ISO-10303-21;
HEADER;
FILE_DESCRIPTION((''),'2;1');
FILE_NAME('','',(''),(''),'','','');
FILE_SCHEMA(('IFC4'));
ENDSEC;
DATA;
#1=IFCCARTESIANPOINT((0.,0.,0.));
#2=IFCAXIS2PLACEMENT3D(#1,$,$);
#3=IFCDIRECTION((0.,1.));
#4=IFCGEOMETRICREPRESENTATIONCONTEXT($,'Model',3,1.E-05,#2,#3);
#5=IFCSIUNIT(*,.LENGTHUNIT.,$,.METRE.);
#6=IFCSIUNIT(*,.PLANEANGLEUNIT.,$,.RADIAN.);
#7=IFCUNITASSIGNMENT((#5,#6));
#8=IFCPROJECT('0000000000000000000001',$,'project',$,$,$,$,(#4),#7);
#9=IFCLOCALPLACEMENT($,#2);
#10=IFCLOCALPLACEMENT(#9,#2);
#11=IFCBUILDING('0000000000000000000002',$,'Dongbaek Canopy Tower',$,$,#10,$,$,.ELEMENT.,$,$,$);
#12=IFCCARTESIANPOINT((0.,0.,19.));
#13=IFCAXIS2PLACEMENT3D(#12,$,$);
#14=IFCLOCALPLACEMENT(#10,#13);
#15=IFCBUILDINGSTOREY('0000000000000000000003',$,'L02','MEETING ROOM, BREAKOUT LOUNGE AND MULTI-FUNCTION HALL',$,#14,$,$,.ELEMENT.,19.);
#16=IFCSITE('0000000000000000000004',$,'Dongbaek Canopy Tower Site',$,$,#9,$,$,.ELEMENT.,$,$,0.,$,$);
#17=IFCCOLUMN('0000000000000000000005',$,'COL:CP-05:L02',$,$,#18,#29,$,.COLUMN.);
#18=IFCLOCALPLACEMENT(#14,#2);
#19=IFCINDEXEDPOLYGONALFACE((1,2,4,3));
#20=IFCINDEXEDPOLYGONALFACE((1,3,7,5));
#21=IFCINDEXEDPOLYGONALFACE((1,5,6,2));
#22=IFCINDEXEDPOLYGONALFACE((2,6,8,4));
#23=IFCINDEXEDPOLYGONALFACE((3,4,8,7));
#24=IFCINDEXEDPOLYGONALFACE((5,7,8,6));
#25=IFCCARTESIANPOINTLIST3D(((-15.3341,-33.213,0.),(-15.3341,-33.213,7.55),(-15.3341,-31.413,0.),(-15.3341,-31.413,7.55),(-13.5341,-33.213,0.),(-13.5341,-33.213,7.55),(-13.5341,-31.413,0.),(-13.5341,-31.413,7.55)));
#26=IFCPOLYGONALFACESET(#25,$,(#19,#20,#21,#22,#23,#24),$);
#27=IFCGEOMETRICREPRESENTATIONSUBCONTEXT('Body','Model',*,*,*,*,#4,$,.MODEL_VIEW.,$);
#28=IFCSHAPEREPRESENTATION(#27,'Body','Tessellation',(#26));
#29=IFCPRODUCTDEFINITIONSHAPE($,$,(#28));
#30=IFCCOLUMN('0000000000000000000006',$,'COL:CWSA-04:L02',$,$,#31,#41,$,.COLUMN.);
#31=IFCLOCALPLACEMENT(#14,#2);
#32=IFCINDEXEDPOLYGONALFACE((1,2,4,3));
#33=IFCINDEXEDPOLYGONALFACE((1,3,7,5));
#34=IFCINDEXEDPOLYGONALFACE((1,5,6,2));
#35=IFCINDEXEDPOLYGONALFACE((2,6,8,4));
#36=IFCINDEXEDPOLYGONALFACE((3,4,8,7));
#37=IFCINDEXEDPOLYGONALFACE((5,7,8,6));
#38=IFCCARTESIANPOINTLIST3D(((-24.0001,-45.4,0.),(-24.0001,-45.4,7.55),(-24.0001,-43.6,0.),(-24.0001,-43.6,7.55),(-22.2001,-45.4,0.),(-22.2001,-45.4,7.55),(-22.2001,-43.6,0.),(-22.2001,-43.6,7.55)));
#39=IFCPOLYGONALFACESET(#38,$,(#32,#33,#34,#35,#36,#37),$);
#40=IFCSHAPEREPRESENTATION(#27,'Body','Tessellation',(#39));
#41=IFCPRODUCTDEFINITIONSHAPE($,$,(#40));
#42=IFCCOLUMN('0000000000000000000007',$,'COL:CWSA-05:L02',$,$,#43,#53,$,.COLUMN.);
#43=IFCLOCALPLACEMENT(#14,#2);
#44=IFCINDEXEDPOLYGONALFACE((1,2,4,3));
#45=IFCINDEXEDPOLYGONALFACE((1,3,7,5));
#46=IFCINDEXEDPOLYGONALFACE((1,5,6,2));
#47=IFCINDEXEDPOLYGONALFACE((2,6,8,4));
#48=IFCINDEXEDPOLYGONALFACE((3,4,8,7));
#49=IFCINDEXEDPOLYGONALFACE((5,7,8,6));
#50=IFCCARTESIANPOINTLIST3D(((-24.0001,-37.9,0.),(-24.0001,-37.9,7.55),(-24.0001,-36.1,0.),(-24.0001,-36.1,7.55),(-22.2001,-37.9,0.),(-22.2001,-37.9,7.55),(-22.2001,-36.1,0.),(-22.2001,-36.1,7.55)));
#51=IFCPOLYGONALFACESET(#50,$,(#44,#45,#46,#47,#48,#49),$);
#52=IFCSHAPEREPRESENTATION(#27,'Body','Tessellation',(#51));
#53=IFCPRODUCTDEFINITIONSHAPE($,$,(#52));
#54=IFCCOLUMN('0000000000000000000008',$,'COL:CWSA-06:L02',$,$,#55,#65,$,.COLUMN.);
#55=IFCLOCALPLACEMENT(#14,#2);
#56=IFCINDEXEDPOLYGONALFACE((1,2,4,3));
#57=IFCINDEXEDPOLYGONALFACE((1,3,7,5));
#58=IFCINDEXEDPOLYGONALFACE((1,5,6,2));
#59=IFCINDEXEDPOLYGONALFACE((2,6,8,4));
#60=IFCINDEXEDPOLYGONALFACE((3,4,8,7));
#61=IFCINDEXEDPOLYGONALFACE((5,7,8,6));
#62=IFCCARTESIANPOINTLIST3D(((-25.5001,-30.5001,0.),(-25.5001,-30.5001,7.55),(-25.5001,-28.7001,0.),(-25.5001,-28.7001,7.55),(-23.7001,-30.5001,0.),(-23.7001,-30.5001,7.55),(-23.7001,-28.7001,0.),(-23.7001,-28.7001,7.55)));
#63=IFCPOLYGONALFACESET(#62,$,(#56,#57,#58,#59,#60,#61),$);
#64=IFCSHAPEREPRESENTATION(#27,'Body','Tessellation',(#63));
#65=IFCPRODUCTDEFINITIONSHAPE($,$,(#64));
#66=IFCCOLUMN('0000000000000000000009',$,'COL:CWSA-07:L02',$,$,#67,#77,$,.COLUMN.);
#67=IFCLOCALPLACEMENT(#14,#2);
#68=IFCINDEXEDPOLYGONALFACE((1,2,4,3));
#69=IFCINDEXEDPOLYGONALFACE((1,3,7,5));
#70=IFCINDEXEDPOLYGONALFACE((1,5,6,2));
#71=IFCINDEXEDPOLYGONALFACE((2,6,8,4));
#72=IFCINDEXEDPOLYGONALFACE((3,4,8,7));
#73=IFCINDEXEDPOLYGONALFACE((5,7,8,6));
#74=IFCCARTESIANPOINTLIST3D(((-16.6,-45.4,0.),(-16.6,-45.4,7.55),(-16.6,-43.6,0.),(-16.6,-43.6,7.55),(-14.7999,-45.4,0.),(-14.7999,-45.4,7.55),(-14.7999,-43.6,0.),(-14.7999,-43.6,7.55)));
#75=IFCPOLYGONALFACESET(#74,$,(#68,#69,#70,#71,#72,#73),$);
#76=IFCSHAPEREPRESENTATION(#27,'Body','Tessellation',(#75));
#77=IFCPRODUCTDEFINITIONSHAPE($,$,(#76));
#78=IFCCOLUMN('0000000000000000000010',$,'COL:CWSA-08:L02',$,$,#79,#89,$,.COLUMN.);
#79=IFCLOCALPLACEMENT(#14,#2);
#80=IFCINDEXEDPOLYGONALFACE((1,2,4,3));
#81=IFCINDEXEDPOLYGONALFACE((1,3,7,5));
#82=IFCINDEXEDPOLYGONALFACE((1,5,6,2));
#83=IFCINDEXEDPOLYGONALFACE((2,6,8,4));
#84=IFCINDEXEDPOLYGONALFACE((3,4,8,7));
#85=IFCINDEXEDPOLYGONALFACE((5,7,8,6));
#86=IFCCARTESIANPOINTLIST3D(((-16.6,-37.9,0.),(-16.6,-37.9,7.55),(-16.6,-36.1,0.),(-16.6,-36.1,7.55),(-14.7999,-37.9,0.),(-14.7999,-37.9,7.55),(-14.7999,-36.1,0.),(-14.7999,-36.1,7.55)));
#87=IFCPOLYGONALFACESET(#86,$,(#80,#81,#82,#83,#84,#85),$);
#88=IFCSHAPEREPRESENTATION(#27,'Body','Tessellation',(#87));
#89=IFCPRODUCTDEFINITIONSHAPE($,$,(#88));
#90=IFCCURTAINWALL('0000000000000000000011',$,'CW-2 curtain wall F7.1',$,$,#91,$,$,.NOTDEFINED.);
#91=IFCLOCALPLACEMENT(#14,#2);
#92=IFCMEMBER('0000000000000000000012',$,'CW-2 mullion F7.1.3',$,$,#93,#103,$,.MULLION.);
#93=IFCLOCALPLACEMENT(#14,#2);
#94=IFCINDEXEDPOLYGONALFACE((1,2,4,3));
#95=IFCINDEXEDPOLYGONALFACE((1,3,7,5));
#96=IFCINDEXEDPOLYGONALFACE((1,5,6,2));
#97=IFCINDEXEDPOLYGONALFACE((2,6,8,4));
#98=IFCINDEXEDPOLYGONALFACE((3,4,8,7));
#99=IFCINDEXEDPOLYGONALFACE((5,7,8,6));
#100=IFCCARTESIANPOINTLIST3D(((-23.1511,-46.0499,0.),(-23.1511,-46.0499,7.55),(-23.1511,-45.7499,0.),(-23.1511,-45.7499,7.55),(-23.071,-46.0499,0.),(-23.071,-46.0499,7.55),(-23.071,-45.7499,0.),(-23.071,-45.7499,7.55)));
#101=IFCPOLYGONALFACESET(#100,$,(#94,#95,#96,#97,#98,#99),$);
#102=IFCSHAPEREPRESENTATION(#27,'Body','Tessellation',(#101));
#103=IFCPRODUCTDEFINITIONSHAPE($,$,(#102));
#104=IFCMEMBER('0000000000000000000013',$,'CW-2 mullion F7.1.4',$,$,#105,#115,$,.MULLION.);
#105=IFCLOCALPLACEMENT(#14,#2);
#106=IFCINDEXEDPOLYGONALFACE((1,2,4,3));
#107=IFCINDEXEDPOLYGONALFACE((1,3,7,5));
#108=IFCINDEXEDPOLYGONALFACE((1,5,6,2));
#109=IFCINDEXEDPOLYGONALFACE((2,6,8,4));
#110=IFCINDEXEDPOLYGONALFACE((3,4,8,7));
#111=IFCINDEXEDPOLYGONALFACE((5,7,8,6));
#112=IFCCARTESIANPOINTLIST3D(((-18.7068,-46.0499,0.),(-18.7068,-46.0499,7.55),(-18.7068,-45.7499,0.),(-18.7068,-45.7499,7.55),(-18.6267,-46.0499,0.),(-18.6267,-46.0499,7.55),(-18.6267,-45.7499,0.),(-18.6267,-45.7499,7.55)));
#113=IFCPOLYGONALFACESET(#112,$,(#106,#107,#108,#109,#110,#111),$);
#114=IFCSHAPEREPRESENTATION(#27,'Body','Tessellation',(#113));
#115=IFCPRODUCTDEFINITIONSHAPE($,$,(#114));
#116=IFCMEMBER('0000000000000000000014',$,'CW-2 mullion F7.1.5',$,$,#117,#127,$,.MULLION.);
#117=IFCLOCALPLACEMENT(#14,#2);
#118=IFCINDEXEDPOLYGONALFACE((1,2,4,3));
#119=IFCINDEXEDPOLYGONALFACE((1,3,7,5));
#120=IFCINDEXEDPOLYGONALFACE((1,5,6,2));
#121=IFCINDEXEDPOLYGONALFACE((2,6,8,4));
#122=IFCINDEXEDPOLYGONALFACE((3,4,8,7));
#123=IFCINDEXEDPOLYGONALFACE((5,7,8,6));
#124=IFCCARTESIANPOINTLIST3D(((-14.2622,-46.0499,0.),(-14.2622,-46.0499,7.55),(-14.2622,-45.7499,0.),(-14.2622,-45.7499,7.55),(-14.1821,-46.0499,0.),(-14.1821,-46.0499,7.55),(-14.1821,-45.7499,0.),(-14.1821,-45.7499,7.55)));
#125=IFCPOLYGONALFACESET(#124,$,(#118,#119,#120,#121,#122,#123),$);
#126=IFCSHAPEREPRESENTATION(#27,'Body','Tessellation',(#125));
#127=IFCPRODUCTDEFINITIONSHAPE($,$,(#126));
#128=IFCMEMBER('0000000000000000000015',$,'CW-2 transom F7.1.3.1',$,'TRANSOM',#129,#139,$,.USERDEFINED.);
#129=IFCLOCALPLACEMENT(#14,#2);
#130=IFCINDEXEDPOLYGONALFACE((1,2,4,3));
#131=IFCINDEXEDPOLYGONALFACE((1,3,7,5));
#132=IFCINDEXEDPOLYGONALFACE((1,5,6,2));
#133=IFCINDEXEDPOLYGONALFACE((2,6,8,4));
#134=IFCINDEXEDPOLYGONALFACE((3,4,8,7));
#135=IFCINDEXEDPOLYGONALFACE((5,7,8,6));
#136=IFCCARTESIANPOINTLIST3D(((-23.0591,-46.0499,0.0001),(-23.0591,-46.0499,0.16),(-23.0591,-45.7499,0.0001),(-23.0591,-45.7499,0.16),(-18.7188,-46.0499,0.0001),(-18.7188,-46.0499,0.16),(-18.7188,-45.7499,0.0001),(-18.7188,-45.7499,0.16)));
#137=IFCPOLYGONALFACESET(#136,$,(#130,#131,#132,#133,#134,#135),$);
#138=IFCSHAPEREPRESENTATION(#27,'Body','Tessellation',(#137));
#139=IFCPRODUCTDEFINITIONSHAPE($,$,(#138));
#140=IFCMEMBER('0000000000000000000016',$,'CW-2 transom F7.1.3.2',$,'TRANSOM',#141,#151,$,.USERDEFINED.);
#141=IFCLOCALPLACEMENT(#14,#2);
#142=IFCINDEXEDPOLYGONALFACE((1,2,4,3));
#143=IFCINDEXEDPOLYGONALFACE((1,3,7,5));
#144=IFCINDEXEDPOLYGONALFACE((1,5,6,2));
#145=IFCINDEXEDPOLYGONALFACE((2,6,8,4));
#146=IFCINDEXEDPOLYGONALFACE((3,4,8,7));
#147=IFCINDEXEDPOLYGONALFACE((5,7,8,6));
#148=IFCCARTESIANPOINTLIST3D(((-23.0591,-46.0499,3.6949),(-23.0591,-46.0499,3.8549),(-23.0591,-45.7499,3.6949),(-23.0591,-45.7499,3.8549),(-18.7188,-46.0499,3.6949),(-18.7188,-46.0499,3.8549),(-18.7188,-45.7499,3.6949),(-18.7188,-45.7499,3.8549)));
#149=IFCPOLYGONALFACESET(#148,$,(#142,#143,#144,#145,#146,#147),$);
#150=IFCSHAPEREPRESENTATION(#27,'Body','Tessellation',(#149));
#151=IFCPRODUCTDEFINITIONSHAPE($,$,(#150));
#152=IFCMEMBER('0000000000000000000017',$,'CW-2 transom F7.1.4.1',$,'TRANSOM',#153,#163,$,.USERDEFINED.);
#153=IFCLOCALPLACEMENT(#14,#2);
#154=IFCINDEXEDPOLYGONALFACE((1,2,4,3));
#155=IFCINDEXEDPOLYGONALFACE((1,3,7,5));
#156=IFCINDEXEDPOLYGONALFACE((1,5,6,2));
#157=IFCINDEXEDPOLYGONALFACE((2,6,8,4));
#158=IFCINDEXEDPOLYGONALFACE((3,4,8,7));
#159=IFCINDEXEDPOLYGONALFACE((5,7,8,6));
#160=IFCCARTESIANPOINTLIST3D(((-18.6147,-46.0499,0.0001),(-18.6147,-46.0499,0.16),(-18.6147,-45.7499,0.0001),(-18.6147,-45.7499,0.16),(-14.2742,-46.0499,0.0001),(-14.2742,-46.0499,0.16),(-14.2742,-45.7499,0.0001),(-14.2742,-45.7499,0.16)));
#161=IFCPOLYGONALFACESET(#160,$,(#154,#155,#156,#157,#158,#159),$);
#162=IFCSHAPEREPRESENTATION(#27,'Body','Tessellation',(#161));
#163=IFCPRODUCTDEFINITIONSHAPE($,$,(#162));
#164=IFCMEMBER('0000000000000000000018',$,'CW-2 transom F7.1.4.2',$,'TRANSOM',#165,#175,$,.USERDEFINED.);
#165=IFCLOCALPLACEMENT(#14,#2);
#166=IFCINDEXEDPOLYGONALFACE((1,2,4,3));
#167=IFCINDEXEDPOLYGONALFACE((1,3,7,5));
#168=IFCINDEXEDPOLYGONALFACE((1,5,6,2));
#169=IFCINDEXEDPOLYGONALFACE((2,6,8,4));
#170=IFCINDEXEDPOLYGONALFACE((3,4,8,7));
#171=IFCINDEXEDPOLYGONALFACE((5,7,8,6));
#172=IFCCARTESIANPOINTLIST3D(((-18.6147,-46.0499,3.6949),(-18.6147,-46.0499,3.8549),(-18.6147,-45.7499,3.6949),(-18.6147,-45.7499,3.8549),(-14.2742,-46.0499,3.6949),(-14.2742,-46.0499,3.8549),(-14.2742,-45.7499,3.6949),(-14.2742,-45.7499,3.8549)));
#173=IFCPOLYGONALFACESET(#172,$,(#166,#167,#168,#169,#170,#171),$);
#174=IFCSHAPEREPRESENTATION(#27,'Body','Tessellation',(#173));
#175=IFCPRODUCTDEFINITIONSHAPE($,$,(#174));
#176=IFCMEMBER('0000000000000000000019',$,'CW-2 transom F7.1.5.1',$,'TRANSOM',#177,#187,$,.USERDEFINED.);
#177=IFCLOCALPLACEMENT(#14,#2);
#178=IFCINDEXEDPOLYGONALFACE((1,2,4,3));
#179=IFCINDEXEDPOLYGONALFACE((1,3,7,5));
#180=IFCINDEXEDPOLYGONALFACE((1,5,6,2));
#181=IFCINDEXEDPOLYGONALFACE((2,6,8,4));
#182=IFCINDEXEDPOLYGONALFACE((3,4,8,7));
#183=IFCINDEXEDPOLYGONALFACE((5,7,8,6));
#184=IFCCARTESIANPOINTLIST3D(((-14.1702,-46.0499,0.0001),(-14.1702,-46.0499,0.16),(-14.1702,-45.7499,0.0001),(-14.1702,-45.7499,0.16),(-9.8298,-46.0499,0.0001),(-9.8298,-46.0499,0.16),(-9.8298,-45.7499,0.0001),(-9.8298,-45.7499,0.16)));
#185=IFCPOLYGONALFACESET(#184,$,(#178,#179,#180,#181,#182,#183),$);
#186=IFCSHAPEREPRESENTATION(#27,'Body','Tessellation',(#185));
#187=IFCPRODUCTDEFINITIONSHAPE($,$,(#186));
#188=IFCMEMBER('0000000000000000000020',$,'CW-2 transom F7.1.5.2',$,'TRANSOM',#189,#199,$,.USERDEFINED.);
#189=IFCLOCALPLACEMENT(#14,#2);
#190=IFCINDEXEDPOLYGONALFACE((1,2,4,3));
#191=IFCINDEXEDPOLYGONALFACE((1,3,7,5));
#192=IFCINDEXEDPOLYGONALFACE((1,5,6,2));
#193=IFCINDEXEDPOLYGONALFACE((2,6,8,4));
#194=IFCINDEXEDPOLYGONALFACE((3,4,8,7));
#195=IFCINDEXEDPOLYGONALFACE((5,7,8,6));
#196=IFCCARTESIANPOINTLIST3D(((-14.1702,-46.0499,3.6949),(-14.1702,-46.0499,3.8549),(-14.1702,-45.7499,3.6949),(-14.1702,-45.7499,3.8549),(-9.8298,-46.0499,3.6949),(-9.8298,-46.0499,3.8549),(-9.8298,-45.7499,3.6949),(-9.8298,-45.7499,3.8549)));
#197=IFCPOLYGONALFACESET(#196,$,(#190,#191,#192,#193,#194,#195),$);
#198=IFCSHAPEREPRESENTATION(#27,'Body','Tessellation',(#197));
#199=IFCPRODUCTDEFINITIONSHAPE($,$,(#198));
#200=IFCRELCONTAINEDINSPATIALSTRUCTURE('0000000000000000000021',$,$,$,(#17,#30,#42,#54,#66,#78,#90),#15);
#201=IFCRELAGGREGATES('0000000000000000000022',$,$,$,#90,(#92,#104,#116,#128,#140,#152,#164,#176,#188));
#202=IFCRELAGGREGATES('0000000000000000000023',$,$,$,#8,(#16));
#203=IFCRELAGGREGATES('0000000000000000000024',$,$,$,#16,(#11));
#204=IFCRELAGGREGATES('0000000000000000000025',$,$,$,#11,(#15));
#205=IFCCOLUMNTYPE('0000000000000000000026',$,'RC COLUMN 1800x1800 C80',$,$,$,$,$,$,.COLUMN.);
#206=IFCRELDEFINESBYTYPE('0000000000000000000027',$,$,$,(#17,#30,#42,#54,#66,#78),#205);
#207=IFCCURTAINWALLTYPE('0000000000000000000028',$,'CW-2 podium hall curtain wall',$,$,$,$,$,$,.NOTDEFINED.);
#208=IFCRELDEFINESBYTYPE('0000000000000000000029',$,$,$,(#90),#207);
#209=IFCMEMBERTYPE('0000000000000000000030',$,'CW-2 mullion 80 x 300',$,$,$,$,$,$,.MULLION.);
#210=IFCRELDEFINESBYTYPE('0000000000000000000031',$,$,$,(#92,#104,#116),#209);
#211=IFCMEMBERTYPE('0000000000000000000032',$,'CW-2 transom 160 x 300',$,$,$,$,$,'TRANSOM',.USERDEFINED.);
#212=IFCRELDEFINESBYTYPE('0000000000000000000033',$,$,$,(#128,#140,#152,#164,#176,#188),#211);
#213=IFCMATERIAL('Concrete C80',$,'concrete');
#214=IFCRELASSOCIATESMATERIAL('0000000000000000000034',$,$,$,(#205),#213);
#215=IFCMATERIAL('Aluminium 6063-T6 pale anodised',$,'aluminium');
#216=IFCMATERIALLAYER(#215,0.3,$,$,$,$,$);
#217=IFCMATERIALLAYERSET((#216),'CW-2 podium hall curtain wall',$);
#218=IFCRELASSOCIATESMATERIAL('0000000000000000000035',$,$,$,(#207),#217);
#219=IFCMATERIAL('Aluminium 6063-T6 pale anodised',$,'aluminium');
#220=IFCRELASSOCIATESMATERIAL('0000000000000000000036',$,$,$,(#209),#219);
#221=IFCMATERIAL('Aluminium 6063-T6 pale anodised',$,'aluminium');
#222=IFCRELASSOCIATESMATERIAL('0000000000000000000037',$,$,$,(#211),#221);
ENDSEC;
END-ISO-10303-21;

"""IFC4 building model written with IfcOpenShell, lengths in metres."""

from ifc_helpers import new_model, si_unit, direction, frame, origin, origin_2d, place, context, subcontext, project, spatial, rectangle, extrude, material, layer, layer_set, material_profile, profile_set, type_object, element, aggregate, save


model = new_model("IFC4")

# Units and contexts
model_context = context("Model", 3, precision=1e-05, world=origin(), true_north=direction((0.0, 1.0)))
body_context = subcontext(model_context, "Body", "Model", "MODEL_VIEW")
ifc_project = project(units=[si_unit("LENGTHUNIT", "METRE"), si_unit("PLANEANGLEUNIT", "RADIAN")], contexts=[model_context])

# Site, building, storey
site_placement = place(None, origin())
site = spatial("IfcSite", under=ifc_project, at=site_placement, Name="Dongbaek Canopy Tower Site", CompositionType="ELEMENT", RefElevation=0.0)
building_placement = place(site_placement, origin())
building = spatial("IfcBuilding", under=site, at=building_placement, Name="Dongbaek Canopy Tower", CompositionType="ELEMENT")
storey_placement = place(building_placement, frame((0.0, 0.0, 19.0)))
storey = spatial("IfcBuildingStorey", under=building, at=storey_placement, Name="L02", Description="MEETING ROOM, BREAKOUT LOUNGE AND MULTI-FUNCTION HALL", CompositionType="ELEMENT", Elevation=19.0)

# Columns
ifc_material_1 = material(Name="Concrete C80", Category="concrete")
ifc_material_profile_1 = material_profile(ifc_material_1, rectangle(XDim=1.8, YDim=1.8, at=origin_2d()), Name="RC COLUMN 1800x1800 C80")
ifc_profile_set_1 = profile_set([ifc_material_profile_1], Name="Concrete C80")
column_type = type_object("IfcColumnType", Name="RC COLUMN 1800x1800 C80", PredefinedType="COLUMN", material=ifc_profile_set_1)
for number, where, z_axis, x_axis, name in (
    (1, (-14.4341, -32.313, 0.0), (0.0, 0.0, 1.0), (1.0, 0.0, 0.0), "COL:CP-05:L02"),
    (2, (-23.1001, -44.5, 0.0), (0.0, 0.0, 1.0), (1.0, 0.0, 0.0), "COL:CWSA-04:L02"),
    (3, (-23.1001, -37.0, 0.0), (0.0, 0.0, 1.0), (1.0, 0.0, 0.0), "COL:CWSA-05:L02"),
    (4, (-24.6001, -29.6001, 0.0), (0.0, 0.0, 1.0), (1.0, 0.0, 0.0), "COL:CWSA-06:L02"),
    (5, (-15.7, -44.5, 0.0), (0.0, 0.0, 1.0), (1.0, 0.0, 0.0), "COL:CWSA-07:L02"),
    (6, (-15.7, -37.0, 0.0), (0.0, 0.0, 1.0), (1.0, 0.0, 0.0), "COL:CWSA-08:L02"),
):
    element("IfcColumn", number, at=place(storey_placement, frame(where, z_axis=z_axis, x_axis=x_axis)), inside=storey, type_object=column_type, Name=name, PredefinedType="COLUMN", context=body_context, shape_type="SweptSolid", body=[
        extrude(rectangle(XDim=1.8, YDim=1.8, at=origin_2d()), origin(), (0.0, 0.0, 1.0), 7.55),
    ])

# Curtain wall, members
ifc_material_2 = material(Name="Aluminium 6063-T6 pale anodised", Category="aluminium")
ifc_layer_1 = layer(ifc_material_2, 0.3)
ifc_layer_set_1 = layer_set([ifc_layer_1], Name="CW-2 podium hall curtain wall")
curtain_wall_type = type_object("IfcCurtainWallType", Name="CW-2 podium hall curtain wall", PredefinedType="NOTDEFINED", material=ifc_layer_set_1)
curtain_wall_placement = place(storey_placement, origin())
curtain_wall = element("IfcCurtainWall", 7, at=curtain_wall_placement, inside=storey, type_object=curtain_wall_type, Name="CW-2 curtain wall F7.1", PredefinedType="NOTDEFINED")
ifc_material_3 = material(Name="Aluminium 6063-T6 pale anodised", Category="aluminium")
ifc_material_profile_2 = material_profile(ifc_material_3, rectangle(XDim=0.3, YDim=0.0801, at=origin_2d()), Name="CW-2 mullion 80 x 300")
ifc_profile_set_2 = profile_set([ifc_material_profile_2], Name="Aluminium 6063-T6 pale anodised")
member_type_1 = type_object("IfcMemberType", Name="CW-2 mullion 80 x 300", PredefinedType="MULLION", material=ifc_profile_set_2)
member_1_placement = place(storey_placement, frame((-23.1111, -45.8999, 0.0), z_axis=(0.0, 0.0, 1.0), x_axis=(0.0, -1.0, 0.0)))
member_1 = element("IfcMember", 8, at=member_1_placement, type_object=member_type_1, Name="CW-2 mullion F7.1.3", PredefinedType="MULLION", context=body_context, shape_type="SweptSolid", body=[
    extrude(rectangle(XDim=0.3, YDim=0.0801, at=origin_2d()), origin(), (0.0, 0.0, 1.0), 7.55),
])
member_2_placement = place(storey_placement, frame((-18.6667, -45.8999, 0.0), z_axis=(0.0, 0.0, 1.0), x_axis=(0.0, -1.0, 0.0)))
member_2 = element("IfcMember", 9, at=member_2_placement, type_object=member_type_1, Name="CW-2 mullion F7.1.4", PredefinedType="MULLION", context=body_context, shape_type="SweptSolid", body=[
    extrude(rectangle(XDim=0.3, YDim=0.0801, at=origin_2d()), origin(), (0.0, 0.0, 1.0), 7.55),
])
member_3_placement = place(storey_placement, frame((-14.2222, -45.8999, 0.0), z_axis=(0.0, 0.0, 1.0), x_axis=(0.0, -1.0, 0.0)))
member_3 = element("IfcMember", 10, at=member_3_placement, type_object=member_type_1, Name="CW-2 mullion F7.1.5", PredefinedType="MULLION", context=body_context, shape_type="SweptSolid", body=[
    extrude(rectangle(XDim=0.3, YDim=0.0801, at=origin_2d()), origin(), (0.0, 0.0, 1.0), 7.55),
])
ifc_material_4 = material(Name="Aluminium 6063-T6 pale anodised", Category="aluminium")
ifc_material_profile_3 = material_profile(ifc_material_4, rectangle(XDim=0.3, YDim=0.1599, at=origin_2d()), Name="CW-2 transom 160 x 300")
ifc_profile_set_3 = profile_set([ifc_material_profile_3], Name="Aluminium 6063-T6 pale anodised")
member_type_2 = type_object("IfcMemberType", Name="CW-2 transom 160 x 300", ElementType="TRANSOM", PredefinedType="USERDEFINED", material=ifc_profile_set_3)
member_4_placement = place(storey_placement, frame((-23.0591, -45.8999, 0.0801), z_axis=(1.0, 0.0, 0.0), x_axis=(0.0, 1.0, 0.0)))
member_4 = element("IfcMember", 11, at=member_4_placement, type_object=member_type_2, Name="CW-2 transom F7.1.3.1", ObjectType="TRANSOM", PredefinedType="USERDEFINED", context=body_context, shape_type="SweptSolid", body=[
    extrude(rectangle(XDim=0.3, YDim=0.1599, at=origin_2d()), origin(), (0.0, 0.0, 1.0), 4.3403),
])
member_5_placement = place(storey_placement, frame((-23.0591, -45.8999, 3.7749), z_axis=(1.0, 0.0, 0.0), x_axis=(0.0, 1.0, 0.0)))
member_5 = element("IfcMember", 12, at=member_5_placement, type_object=member_type_2, Name="CW-2 transom F7.1.3.2", ObjectType="TRANSOM", PredefinedType="USERDEFINED", context=body_context, shape_type="SweptSolid", body=[
    extrude(rectangle(XDim=0.3, YDim=0.1599, at=origin_2d()), origin(), (0.0, 0.0, 1.0), 4.3403),
])
member_6_placement = place(storey_placement, frame((-18.6147, -45.8999, 0.0801), z_axis=(1.0, 0.0, 0.0), x_axis=(0.0, 1.0, 0.0)))
member_6 = element("IfcMember", 13, at=member_6_placement, type_object=member_type_2, Name="CW-2 transom F7.1.4.1", ObjectType="TRANSOM", PredefinedType="USERDEFINED", context=body_context, shape_type="SweptSolid", body=[
    extrude(rectangle(XDim=0.3, YDim=0.1599, at=origin_2d()), origin(), (0.0, 0.0, 1.0), 4.3406),
])
member_7_placement = place(storey_placement, frame((-18.6147, -45.8999, 3.7749), z_axis=(1.0, 0.0, 0.0), x_axis=(0.0, 1.0, 0.0)))
member_7 = element("IfcMember", 14, at=member_7_placement, type_object=member_type_2, Name="CW-2 transom F7.1.4.2", ObjectType="TRANSOM", PredefinedType="USERDEFINED", context=body_context, shape_type="SweptSolid", body=[
    extrude(rectangle(XDim=0.3, YDim=0.1599, at=origin_2d()), origin(), (0.0, 0.0, 1.0), 4.3406),
])
member_8_placement = place(storey_placement, frame((-14.1702, -45.8999, 0.0801), z_axis=(1.0, 0.0, 0.0), x_axis=(0.0, 1.0, 0.0)))
member_8 = element("IfcMember", 15, at=member_8_placement, type_object=member_type_2, Name="CW-2 transom F7.1.5.1", ObjectType="TRANSOM", PredefinedType="USERDEFINED", context=body_context, shape_type="SweptSolid", body=[
    extrude(rectangle(XDim=0.3, YDim=0.1599, at=origin_2d()), origin(), (0.0, 0.0, 1.0), 4.3403),
])
member_9_placement = place(storey_placement, frame((-14.1702, -45.8999, 3.7749), z_axis=(1.0, 0.0, 0.0), x_axis=(0.0, 1.0, 0.0)))
member_9 = element("IfcMember", 16, at=member_9_placement, type_object=member_type_2, Name="CW-2 transom F7.1.5.2", ObjectType="TRANSOM", PredefinedType="USERDEFINED", context=body_context, shape_type="SweptSolid", body=[
    extrude(rectangle(XDim=0.3, YDim=0.1599, at=origin_2d()), origin(), (0.0, 0.0, 1.0), 4.3403),
])
aggregate(curtain_wall, [member_1, member_2, member_3, member_4, member_5, member_6, member_7, member_8, member_9])

save(model, "model.ifc")
